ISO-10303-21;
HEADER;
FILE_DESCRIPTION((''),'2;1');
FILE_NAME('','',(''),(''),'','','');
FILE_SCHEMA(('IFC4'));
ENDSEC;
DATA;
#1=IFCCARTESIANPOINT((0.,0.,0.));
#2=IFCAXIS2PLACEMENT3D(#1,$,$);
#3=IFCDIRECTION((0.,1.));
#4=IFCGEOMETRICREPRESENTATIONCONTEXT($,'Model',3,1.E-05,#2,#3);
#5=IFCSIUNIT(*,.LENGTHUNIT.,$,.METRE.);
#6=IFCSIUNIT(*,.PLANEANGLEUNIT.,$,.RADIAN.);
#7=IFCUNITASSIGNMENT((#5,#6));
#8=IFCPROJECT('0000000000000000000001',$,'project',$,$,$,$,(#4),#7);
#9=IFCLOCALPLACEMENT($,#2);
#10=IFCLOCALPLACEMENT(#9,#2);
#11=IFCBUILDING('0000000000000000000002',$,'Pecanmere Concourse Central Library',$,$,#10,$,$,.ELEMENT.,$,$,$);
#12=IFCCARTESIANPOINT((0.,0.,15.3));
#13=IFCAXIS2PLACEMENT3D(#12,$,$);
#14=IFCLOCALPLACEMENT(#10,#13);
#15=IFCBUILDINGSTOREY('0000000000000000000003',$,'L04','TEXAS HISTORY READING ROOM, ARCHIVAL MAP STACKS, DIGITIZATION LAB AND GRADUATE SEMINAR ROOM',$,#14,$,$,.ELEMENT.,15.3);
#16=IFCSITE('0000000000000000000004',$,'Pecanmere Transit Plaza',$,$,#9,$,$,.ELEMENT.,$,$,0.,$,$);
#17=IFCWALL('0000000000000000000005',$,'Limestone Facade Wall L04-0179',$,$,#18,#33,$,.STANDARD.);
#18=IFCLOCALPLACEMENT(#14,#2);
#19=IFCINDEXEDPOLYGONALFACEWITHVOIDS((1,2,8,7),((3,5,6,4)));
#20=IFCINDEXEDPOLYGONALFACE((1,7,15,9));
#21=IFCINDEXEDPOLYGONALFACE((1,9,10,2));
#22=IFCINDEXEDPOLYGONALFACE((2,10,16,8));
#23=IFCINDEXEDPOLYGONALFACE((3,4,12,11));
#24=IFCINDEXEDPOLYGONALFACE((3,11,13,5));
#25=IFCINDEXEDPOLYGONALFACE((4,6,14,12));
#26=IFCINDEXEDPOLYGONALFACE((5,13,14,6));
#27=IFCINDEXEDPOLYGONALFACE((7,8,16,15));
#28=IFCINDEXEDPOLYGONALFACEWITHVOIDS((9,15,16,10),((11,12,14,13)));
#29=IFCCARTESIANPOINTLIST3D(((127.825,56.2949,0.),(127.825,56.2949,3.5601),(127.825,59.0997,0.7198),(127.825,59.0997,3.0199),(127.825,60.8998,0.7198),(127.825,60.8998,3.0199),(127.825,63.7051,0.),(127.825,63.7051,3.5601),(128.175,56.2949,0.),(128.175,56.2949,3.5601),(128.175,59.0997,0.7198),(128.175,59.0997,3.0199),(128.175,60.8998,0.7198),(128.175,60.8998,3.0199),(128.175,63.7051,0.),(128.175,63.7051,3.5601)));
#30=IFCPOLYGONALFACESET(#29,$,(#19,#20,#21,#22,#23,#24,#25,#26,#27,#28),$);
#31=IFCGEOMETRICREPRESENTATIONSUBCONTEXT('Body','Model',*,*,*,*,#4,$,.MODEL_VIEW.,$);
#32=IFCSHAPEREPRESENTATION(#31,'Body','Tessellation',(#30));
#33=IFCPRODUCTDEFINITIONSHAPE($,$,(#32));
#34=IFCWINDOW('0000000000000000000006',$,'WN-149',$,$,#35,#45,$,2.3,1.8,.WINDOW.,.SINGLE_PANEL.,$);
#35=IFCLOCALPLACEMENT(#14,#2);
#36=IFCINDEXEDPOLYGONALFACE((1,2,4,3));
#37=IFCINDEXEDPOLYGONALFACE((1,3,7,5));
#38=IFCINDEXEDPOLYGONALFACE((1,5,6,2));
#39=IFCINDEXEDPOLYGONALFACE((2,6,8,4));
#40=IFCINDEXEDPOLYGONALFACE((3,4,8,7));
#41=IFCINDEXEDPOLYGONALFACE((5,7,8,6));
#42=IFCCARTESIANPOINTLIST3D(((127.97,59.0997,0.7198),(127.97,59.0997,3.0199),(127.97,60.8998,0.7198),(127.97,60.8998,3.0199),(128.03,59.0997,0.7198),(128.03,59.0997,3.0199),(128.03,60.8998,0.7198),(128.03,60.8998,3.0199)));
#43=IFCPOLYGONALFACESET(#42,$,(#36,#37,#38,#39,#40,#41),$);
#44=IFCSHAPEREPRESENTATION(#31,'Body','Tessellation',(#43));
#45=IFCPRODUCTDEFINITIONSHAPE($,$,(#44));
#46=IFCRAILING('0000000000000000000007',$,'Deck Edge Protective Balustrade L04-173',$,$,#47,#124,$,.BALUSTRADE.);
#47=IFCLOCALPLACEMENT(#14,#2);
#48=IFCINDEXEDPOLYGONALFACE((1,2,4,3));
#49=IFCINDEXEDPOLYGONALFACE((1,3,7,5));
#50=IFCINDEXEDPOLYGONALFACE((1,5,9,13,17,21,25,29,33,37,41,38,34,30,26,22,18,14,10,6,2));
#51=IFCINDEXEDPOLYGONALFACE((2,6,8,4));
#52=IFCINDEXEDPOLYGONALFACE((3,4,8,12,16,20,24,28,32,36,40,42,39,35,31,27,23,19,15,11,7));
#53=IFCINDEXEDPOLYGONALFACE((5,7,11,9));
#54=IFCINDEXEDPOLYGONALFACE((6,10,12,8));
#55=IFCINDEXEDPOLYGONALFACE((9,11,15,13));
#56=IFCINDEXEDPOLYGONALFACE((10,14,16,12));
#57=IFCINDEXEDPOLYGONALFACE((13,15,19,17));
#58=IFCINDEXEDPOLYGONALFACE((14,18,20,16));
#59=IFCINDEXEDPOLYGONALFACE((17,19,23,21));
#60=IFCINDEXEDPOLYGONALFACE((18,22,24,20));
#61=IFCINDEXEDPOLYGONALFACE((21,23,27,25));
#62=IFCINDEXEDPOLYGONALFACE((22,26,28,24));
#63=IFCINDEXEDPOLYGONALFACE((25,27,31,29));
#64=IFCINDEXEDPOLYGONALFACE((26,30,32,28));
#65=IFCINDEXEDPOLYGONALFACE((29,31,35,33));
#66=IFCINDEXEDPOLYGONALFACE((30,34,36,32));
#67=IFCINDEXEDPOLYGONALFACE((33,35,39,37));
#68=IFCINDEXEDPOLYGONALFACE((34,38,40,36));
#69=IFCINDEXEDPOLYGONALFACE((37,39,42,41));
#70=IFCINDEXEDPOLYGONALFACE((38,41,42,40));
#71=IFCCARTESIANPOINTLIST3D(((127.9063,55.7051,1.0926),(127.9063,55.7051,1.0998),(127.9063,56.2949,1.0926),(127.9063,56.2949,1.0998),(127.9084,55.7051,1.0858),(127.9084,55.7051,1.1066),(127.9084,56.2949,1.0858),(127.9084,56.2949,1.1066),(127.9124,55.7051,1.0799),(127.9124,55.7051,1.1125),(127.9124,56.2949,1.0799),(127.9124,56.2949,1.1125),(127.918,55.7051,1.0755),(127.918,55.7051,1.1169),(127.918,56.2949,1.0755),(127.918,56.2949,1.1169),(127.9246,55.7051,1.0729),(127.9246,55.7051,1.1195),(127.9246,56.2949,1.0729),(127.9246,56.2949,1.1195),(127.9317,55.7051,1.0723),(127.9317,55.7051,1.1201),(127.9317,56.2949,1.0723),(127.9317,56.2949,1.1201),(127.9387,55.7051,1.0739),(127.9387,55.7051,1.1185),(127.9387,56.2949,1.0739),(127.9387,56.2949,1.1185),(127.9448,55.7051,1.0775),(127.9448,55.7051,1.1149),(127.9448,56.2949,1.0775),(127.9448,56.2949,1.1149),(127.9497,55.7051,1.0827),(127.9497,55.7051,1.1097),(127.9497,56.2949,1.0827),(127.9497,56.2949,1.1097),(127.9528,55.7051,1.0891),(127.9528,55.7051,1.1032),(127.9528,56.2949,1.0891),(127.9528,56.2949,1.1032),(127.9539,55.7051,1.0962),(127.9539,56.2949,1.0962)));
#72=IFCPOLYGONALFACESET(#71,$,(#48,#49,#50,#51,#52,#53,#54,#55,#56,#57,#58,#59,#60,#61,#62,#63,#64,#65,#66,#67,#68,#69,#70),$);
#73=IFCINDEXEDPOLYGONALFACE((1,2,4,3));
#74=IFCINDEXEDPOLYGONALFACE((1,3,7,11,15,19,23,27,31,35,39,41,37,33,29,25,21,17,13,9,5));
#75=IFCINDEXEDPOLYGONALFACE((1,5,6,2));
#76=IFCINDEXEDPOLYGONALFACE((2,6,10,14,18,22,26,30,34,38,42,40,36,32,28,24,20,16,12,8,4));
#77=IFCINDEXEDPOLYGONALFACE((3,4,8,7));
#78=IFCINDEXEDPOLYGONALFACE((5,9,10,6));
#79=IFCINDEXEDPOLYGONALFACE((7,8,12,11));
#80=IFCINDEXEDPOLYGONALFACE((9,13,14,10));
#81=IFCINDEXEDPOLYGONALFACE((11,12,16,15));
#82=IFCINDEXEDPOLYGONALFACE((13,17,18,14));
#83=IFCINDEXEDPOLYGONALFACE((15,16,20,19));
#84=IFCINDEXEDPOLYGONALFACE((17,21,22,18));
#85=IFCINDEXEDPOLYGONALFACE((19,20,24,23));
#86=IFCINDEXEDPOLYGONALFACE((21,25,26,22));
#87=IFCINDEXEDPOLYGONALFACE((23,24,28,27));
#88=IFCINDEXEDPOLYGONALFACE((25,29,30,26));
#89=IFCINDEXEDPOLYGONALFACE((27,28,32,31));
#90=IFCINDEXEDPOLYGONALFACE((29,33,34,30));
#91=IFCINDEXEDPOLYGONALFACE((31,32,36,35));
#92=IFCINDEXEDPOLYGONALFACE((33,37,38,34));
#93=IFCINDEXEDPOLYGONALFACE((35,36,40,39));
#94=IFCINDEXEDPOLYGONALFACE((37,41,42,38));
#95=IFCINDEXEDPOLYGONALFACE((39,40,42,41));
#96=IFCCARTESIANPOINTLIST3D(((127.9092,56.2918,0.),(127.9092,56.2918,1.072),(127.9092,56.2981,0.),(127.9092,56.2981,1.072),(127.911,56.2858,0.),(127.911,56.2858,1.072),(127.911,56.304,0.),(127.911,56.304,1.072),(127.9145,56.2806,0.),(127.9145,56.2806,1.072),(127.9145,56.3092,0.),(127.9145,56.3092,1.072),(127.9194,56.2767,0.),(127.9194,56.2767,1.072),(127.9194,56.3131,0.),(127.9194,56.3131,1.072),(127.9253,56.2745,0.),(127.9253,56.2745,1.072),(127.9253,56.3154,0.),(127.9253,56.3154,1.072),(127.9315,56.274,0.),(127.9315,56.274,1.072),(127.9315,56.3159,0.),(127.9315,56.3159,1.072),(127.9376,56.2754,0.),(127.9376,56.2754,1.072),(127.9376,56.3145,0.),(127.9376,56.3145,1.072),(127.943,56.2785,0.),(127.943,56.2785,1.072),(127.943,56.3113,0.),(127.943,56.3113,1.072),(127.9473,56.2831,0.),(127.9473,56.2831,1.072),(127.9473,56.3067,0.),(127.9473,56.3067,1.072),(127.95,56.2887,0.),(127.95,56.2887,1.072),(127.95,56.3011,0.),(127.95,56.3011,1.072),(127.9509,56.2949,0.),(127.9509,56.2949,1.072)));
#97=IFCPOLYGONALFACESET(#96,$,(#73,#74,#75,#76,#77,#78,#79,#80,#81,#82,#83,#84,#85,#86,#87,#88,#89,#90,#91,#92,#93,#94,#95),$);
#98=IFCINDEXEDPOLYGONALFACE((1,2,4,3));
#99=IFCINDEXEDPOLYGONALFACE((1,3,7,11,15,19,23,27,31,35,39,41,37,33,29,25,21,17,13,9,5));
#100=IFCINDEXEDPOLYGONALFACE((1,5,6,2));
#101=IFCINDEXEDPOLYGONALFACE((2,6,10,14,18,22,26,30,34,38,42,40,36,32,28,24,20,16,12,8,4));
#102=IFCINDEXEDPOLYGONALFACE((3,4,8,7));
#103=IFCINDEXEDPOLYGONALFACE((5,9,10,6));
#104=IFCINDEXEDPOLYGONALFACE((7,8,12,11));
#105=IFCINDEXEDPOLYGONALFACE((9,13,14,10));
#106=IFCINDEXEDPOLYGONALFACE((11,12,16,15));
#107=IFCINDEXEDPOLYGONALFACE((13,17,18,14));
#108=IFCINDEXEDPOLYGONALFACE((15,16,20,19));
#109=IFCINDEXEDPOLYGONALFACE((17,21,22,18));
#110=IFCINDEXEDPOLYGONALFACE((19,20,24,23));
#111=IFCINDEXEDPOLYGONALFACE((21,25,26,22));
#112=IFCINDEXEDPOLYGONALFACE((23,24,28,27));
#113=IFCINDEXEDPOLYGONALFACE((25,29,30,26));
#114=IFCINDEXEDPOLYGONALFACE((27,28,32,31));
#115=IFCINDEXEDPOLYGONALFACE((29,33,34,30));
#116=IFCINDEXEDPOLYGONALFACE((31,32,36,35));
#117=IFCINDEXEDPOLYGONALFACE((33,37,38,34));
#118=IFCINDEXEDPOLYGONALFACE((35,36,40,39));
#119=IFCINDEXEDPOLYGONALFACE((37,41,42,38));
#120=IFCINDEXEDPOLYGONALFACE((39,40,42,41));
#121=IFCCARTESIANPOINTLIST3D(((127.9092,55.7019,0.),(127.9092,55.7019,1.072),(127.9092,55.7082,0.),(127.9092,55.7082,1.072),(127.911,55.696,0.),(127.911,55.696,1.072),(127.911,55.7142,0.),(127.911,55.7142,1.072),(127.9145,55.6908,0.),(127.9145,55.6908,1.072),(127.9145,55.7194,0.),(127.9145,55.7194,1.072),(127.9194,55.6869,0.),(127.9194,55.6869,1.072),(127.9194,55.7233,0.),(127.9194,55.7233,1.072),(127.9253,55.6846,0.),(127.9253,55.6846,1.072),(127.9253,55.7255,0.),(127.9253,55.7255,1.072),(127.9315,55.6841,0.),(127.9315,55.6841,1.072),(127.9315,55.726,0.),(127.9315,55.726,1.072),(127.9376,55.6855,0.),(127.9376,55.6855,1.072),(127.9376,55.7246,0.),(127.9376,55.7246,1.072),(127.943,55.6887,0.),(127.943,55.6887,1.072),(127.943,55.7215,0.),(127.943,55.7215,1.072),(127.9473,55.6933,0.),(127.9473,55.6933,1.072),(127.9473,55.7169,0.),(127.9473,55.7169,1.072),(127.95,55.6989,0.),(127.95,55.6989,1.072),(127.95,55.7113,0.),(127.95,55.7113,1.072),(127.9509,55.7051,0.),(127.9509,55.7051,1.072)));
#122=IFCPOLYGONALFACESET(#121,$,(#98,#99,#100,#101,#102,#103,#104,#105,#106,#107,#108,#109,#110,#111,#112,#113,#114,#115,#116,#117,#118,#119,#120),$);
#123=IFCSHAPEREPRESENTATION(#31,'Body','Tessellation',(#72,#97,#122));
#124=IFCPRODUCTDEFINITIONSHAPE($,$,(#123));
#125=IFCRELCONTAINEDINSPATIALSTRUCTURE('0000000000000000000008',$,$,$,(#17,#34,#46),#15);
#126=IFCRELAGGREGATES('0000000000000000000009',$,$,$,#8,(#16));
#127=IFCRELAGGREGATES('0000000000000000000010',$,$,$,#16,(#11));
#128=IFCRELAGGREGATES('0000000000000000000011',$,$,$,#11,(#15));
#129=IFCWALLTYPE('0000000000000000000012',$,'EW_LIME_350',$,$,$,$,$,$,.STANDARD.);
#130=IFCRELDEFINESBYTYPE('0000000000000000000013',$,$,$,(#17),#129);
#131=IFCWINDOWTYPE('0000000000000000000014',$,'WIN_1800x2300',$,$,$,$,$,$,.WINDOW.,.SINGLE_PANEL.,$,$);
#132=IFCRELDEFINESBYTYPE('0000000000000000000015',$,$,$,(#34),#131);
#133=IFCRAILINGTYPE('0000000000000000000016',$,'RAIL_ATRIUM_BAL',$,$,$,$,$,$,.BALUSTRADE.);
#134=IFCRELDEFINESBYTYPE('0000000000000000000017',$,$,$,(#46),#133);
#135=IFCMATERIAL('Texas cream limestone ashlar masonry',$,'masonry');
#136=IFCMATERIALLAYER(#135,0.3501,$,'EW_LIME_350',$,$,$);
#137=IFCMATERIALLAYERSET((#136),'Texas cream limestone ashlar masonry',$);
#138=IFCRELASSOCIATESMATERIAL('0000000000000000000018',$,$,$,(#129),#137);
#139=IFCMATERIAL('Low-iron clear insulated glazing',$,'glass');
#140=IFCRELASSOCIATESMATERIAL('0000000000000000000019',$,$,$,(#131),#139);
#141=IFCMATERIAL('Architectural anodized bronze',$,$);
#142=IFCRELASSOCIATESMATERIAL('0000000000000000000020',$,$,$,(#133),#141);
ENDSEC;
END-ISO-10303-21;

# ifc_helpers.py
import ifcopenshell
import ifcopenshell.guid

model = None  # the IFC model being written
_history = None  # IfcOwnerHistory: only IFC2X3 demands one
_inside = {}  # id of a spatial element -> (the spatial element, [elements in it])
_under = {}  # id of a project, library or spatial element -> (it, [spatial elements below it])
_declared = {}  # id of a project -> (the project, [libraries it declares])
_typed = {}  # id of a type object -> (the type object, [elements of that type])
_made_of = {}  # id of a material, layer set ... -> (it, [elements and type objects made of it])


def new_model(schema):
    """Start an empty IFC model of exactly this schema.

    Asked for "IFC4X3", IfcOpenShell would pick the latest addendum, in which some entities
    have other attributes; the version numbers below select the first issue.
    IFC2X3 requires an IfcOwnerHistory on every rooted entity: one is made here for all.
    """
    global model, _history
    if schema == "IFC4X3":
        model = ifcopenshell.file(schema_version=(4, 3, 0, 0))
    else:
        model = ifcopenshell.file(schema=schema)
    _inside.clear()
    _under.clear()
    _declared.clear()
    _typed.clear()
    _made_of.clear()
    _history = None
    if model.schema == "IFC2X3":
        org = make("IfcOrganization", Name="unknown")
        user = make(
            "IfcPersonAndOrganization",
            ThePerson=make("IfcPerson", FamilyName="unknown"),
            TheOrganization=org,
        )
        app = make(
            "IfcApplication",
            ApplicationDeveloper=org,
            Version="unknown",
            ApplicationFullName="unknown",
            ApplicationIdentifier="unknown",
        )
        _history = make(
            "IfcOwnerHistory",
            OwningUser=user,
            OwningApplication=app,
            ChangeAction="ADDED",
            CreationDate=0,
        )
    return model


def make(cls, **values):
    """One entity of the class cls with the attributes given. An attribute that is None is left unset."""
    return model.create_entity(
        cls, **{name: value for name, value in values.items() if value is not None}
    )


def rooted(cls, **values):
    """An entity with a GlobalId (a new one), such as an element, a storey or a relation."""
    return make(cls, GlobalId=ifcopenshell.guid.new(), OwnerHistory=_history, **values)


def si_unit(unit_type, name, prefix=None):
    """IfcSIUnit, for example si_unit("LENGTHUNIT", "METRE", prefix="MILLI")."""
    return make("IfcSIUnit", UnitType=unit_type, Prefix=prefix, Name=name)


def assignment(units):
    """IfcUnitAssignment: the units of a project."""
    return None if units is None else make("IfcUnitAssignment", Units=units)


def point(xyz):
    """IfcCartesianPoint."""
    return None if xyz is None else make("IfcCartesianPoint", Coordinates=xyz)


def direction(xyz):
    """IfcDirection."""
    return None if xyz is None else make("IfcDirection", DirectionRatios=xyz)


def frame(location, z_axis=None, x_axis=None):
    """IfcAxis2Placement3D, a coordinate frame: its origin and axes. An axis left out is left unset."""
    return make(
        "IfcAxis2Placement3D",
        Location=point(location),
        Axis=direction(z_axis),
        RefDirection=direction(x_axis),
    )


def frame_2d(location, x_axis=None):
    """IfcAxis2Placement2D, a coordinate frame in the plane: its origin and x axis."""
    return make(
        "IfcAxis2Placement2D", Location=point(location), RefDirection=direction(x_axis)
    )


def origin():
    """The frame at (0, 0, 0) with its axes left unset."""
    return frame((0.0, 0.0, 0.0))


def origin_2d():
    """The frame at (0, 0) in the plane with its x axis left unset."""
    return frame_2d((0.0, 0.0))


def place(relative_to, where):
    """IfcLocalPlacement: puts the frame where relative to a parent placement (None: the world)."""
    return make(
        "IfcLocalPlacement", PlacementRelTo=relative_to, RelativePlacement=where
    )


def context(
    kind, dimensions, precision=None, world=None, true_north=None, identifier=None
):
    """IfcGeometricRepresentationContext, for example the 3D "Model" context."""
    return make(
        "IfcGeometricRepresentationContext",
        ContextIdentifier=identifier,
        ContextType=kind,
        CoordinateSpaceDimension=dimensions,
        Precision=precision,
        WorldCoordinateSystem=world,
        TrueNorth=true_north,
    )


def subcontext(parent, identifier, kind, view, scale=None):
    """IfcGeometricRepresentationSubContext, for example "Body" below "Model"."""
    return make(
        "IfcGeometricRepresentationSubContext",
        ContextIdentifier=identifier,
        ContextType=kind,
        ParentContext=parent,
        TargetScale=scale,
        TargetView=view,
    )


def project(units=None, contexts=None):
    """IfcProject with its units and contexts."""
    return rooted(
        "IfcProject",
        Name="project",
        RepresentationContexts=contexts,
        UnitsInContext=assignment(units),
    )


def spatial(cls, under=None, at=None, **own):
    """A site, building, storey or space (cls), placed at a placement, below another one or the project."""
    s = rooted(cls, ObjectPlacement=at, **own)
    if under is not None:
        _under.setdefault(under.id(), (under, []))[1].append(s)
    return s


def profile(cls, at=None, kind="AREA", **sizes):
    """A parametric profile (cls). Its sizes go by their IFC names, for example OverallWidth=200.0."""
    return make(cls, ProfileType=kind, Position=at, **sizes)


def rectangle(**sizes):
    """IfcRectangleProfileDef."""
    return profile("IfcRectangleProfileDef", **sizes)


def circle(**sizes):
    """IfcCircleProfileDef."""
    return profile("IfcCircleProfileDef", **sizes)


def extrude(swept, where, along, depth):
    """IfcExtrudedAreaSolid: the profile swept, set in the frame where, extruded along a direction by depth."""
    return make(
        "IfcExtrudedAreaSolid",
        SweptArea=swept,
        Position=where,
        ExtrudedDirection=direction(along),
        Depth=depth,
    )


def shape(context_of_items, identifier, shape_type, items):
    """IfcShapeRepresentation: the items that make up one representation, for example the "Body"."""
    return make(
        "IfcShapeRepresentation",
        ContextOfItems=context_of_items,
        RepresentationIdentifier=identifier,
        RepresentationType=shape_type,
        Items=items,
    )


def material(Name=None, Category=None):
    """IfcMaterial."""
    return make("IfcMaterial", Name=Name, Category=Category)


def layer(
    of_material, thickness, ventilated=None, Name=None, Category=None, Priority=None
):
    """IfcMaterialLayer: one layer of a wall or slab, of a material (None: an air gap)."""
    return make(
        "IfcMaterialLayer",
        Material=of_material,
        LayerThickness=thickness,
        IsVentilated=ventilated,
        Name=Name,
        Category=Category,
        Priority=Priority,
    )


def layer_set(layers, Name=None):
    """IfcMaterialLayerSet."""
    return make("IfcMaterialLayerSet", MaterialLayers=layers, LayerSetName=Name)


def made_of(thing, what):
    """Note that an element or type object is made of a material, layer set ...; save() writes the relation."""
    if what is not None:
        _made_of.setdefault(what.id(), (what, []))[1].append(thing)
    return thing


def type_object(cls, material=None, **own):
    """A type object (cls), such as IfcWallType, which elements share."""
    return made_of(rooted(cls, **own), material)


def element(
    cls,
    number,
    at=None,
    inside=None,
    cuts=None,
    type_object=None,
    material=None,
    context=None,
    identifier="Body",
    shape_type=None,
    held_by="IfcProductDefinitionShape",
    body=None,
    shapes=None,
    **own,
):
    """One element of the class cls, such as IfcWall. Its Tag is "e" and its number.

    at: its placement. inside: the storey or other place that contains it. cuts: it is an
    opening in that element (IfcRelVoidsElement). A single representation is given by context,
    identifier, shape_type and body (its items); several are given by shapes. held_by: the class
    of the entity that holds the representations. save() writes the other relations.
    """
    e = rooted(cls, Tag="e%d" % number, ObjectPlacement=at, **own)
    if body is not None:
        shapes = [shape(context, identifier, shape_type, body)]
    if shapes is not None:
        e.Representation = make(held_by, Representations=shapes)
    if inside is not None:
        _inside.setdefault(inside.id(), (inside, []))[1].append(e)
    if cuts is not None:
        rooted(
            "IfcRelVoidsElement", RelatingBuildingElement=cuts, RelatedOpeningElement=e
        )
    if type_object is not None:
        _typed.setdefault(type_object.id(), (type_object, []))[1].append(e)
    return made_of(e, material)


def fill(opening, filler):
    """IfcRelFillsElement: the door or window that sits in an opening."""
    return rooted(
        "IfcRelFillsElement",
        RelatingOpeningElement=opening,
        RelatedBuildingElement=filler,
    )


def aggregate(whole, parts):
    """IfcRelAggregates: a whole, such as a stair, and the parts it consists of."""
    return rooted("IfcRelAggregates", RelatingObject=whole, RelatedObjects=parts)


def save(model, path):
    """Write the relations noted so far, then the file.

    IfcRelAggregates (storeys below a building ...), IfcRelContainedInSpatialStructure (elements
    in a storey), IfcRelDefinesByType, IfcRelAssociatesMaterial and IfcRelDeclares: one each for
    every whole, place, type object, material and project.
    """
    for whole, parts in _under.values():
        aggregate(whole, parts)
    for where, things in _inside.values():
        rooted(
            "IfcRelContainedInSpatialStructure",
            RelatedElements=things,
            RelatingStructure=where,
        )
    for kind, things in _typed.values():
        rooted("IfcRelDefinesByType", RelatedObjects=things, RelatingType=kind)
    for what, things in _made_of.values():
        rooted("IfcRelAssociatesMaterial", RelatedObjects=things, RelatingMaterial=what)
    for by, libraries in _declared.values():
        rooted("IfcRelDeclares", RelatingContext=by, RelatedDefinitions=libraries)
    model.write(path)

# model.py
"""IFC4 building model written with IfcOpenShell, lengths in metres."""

from ifc_helpers import new_model, si_unit, direction, frame, frame_2d, origin, origin_2d, place, context, subcontext, project, spatial, rectangle, circle, extrude, material, layer, layer_set, type_object, element, fill, save


model = new_model("IFC4")

# Units and contexts
model_context = context("Model", 3, precision=1e-05, world=origin(), true_north=direction((0.0, 1.0)))
body_context = subcontext(model_context, "Body", "Model", "MODEL_VIEW")
ifc_project = project(units=[si_unit("LENGTHUNIT", "METRE"), si_unit("PLANEANGLEUNIT", "RADIAN")], contexts=[model_context])

# Site, building, storey
site_placement = place(None, origin())
site = spatial("IfcSite", under=ifc_project, at=site_placement, Name="Pecanmere Transit Plaza", CompositionType="ELEMENT", RefElevation=0.0)
building_placement = place(site_placement, origin())
building = spatial("IfcBuilding", under=site, at=building_placement, Name="Pecanmere Concourse Central Library", CompositionType="ELEMENT")
storey_placement = place(building_placement, frame((0.0, 0.0, 15.3)))
storey = spatial("IfcBuildingStorey", under=building, at=storey_placement, Name="L04", Description="TEXAS HISTORY READING ROOM, ARCHIVAL MAP STACKS, DIGITIZATION LAB AND GRADUATE SEMINAR ROOM", CompositionType="ELEMENT", Elevation=15.3)

# Wall, opening, window
ifc_material_1 = material(Name="Texas cream limestone ashlar masonry", Category="masonry")
ifc_layer_1 = layer(ifc_material_1, 0.3501, Name="EW_LIME_350")
ifc_layer_set_1 = layer_set([ifc_layer_1], Name="Texas cream limestone ashlar masonry")
wall_type = type_object("IfcWallType", Name="EW_LIME_350", PredefinedType="STANDARD", material=ifc_layer_set_1)
wall_1_placement = place(storey_placement, frame((128.0, 56.2949, 0.0), z_axis=(0.0, 0.0, 1.0), x_axis=(0.0, 1.0, 0.0)))
wall_1 = element("IfcWall", 1, at=wall_1_placement, inside=storey, type_object=wall_type, Name="Limestone Facade Wall L04-0179", PredefinedType="STANDARD", context=body_context, shape_type="SweptSolid", body=[
    extrude(rectangle(XDim=7.4102, YDim=0.3501, at=frame_2d((3.7051, 0.0))), origin(), (0.0, 0.0, 1.0), 3.5601),
])
opening_1_placement = place(wall_1_placement, frame((2.8049, 0.0, 0.72)))
opening_1 = element("IfcOpeningElement", 2, at=opening_1_placement, cuts=wall_1, PredefinedType="OPENING", context=body_context, shape_type="SweptSolid", body=[
    extrude(rectangle(XDim=1.8, YDim=2.3, at=frame_2d((0.8999, 1.1499))), frame((0.0, 0.187, 0.0), z_axis=(0.0, -1.0, 0.0), x_axis=(1.0, 0.0, 0.0)), (0.0, 0.0, 1.0), 0.374),
])
ifc_material_2 = material(Name="Low-iron clear insulated glazing", Category="glass")
window_type_1 = type_object("IfcWindowType", Name="WIN_1800x2300", PartitioningType="SINGLE_PANEL", PredefinedType="WINDOW", material=ifc_material_2)
window_1_placement = place(opening_1_placement, origin())
window_1 = element("IfcWindow", 3, at=window_1_placement, inside=storey, type_object=window_type_1, Name="WN-149", OverallHeight=2.3, OverallWidth=1.8, PartitioningType="SINGLE_PANEL", PredefinedType="WINDOW", context=body_context, shape_type="SweptSolid", body=[
    extrude(rectangle(XDim=1.8, YDim=2.3, at=frame_2d((0.8999, 1.1499))), frame((0.0, 0.03, 0.0), z_axis=(0.0, -1.0, 0.0), x_axis=(1.0, 0.0, 0.0)), (0.0, 0.0, 1.0), 0.0601),
])
fill(opening_1, window_1)

# Railing
ifc_material_3 = material(Name="Architectural anodized bronze")
railing_type = type_object("IfcRailingType", Name="RAIL_ATRIUM_BAL", PredefinedType="BALUSTRADE", material=ifc_material_3)
railing_1_placement = place(storey_placement, frame((127.9299, 56.2949, 0.0)))
element("IfcRailing", 4, at=railing_1_placement, inside=storey, type_object=railing_type, Name="Deck Edge Protective Balustrade L04-173", PredefinedType="BALUSTRADE", context=body_context, shape_type="SweptSolid", body=[
    extrude(circle(Radius=0.0239, at=origin_2d()), frame((0.0, 0.0, 1.0962), z_axis=(0.0, -1.0, 0.0), x_axis=(1.0, 0.0, 0.0)), (0.0, 0.0, 1.0), 0.5898),
    extrude(circle(Radius=0.021, at=origin_2d()), origin(), (0.0, 0.0, 1.0), 1.072),
    extrude(circle(Radius=0.021, at=origin_2d()), frame((0.0, -0.5898, 0.0)), (0.0, 0.0, 1.0), 1.072),
])

save(model, "model.ifc")
